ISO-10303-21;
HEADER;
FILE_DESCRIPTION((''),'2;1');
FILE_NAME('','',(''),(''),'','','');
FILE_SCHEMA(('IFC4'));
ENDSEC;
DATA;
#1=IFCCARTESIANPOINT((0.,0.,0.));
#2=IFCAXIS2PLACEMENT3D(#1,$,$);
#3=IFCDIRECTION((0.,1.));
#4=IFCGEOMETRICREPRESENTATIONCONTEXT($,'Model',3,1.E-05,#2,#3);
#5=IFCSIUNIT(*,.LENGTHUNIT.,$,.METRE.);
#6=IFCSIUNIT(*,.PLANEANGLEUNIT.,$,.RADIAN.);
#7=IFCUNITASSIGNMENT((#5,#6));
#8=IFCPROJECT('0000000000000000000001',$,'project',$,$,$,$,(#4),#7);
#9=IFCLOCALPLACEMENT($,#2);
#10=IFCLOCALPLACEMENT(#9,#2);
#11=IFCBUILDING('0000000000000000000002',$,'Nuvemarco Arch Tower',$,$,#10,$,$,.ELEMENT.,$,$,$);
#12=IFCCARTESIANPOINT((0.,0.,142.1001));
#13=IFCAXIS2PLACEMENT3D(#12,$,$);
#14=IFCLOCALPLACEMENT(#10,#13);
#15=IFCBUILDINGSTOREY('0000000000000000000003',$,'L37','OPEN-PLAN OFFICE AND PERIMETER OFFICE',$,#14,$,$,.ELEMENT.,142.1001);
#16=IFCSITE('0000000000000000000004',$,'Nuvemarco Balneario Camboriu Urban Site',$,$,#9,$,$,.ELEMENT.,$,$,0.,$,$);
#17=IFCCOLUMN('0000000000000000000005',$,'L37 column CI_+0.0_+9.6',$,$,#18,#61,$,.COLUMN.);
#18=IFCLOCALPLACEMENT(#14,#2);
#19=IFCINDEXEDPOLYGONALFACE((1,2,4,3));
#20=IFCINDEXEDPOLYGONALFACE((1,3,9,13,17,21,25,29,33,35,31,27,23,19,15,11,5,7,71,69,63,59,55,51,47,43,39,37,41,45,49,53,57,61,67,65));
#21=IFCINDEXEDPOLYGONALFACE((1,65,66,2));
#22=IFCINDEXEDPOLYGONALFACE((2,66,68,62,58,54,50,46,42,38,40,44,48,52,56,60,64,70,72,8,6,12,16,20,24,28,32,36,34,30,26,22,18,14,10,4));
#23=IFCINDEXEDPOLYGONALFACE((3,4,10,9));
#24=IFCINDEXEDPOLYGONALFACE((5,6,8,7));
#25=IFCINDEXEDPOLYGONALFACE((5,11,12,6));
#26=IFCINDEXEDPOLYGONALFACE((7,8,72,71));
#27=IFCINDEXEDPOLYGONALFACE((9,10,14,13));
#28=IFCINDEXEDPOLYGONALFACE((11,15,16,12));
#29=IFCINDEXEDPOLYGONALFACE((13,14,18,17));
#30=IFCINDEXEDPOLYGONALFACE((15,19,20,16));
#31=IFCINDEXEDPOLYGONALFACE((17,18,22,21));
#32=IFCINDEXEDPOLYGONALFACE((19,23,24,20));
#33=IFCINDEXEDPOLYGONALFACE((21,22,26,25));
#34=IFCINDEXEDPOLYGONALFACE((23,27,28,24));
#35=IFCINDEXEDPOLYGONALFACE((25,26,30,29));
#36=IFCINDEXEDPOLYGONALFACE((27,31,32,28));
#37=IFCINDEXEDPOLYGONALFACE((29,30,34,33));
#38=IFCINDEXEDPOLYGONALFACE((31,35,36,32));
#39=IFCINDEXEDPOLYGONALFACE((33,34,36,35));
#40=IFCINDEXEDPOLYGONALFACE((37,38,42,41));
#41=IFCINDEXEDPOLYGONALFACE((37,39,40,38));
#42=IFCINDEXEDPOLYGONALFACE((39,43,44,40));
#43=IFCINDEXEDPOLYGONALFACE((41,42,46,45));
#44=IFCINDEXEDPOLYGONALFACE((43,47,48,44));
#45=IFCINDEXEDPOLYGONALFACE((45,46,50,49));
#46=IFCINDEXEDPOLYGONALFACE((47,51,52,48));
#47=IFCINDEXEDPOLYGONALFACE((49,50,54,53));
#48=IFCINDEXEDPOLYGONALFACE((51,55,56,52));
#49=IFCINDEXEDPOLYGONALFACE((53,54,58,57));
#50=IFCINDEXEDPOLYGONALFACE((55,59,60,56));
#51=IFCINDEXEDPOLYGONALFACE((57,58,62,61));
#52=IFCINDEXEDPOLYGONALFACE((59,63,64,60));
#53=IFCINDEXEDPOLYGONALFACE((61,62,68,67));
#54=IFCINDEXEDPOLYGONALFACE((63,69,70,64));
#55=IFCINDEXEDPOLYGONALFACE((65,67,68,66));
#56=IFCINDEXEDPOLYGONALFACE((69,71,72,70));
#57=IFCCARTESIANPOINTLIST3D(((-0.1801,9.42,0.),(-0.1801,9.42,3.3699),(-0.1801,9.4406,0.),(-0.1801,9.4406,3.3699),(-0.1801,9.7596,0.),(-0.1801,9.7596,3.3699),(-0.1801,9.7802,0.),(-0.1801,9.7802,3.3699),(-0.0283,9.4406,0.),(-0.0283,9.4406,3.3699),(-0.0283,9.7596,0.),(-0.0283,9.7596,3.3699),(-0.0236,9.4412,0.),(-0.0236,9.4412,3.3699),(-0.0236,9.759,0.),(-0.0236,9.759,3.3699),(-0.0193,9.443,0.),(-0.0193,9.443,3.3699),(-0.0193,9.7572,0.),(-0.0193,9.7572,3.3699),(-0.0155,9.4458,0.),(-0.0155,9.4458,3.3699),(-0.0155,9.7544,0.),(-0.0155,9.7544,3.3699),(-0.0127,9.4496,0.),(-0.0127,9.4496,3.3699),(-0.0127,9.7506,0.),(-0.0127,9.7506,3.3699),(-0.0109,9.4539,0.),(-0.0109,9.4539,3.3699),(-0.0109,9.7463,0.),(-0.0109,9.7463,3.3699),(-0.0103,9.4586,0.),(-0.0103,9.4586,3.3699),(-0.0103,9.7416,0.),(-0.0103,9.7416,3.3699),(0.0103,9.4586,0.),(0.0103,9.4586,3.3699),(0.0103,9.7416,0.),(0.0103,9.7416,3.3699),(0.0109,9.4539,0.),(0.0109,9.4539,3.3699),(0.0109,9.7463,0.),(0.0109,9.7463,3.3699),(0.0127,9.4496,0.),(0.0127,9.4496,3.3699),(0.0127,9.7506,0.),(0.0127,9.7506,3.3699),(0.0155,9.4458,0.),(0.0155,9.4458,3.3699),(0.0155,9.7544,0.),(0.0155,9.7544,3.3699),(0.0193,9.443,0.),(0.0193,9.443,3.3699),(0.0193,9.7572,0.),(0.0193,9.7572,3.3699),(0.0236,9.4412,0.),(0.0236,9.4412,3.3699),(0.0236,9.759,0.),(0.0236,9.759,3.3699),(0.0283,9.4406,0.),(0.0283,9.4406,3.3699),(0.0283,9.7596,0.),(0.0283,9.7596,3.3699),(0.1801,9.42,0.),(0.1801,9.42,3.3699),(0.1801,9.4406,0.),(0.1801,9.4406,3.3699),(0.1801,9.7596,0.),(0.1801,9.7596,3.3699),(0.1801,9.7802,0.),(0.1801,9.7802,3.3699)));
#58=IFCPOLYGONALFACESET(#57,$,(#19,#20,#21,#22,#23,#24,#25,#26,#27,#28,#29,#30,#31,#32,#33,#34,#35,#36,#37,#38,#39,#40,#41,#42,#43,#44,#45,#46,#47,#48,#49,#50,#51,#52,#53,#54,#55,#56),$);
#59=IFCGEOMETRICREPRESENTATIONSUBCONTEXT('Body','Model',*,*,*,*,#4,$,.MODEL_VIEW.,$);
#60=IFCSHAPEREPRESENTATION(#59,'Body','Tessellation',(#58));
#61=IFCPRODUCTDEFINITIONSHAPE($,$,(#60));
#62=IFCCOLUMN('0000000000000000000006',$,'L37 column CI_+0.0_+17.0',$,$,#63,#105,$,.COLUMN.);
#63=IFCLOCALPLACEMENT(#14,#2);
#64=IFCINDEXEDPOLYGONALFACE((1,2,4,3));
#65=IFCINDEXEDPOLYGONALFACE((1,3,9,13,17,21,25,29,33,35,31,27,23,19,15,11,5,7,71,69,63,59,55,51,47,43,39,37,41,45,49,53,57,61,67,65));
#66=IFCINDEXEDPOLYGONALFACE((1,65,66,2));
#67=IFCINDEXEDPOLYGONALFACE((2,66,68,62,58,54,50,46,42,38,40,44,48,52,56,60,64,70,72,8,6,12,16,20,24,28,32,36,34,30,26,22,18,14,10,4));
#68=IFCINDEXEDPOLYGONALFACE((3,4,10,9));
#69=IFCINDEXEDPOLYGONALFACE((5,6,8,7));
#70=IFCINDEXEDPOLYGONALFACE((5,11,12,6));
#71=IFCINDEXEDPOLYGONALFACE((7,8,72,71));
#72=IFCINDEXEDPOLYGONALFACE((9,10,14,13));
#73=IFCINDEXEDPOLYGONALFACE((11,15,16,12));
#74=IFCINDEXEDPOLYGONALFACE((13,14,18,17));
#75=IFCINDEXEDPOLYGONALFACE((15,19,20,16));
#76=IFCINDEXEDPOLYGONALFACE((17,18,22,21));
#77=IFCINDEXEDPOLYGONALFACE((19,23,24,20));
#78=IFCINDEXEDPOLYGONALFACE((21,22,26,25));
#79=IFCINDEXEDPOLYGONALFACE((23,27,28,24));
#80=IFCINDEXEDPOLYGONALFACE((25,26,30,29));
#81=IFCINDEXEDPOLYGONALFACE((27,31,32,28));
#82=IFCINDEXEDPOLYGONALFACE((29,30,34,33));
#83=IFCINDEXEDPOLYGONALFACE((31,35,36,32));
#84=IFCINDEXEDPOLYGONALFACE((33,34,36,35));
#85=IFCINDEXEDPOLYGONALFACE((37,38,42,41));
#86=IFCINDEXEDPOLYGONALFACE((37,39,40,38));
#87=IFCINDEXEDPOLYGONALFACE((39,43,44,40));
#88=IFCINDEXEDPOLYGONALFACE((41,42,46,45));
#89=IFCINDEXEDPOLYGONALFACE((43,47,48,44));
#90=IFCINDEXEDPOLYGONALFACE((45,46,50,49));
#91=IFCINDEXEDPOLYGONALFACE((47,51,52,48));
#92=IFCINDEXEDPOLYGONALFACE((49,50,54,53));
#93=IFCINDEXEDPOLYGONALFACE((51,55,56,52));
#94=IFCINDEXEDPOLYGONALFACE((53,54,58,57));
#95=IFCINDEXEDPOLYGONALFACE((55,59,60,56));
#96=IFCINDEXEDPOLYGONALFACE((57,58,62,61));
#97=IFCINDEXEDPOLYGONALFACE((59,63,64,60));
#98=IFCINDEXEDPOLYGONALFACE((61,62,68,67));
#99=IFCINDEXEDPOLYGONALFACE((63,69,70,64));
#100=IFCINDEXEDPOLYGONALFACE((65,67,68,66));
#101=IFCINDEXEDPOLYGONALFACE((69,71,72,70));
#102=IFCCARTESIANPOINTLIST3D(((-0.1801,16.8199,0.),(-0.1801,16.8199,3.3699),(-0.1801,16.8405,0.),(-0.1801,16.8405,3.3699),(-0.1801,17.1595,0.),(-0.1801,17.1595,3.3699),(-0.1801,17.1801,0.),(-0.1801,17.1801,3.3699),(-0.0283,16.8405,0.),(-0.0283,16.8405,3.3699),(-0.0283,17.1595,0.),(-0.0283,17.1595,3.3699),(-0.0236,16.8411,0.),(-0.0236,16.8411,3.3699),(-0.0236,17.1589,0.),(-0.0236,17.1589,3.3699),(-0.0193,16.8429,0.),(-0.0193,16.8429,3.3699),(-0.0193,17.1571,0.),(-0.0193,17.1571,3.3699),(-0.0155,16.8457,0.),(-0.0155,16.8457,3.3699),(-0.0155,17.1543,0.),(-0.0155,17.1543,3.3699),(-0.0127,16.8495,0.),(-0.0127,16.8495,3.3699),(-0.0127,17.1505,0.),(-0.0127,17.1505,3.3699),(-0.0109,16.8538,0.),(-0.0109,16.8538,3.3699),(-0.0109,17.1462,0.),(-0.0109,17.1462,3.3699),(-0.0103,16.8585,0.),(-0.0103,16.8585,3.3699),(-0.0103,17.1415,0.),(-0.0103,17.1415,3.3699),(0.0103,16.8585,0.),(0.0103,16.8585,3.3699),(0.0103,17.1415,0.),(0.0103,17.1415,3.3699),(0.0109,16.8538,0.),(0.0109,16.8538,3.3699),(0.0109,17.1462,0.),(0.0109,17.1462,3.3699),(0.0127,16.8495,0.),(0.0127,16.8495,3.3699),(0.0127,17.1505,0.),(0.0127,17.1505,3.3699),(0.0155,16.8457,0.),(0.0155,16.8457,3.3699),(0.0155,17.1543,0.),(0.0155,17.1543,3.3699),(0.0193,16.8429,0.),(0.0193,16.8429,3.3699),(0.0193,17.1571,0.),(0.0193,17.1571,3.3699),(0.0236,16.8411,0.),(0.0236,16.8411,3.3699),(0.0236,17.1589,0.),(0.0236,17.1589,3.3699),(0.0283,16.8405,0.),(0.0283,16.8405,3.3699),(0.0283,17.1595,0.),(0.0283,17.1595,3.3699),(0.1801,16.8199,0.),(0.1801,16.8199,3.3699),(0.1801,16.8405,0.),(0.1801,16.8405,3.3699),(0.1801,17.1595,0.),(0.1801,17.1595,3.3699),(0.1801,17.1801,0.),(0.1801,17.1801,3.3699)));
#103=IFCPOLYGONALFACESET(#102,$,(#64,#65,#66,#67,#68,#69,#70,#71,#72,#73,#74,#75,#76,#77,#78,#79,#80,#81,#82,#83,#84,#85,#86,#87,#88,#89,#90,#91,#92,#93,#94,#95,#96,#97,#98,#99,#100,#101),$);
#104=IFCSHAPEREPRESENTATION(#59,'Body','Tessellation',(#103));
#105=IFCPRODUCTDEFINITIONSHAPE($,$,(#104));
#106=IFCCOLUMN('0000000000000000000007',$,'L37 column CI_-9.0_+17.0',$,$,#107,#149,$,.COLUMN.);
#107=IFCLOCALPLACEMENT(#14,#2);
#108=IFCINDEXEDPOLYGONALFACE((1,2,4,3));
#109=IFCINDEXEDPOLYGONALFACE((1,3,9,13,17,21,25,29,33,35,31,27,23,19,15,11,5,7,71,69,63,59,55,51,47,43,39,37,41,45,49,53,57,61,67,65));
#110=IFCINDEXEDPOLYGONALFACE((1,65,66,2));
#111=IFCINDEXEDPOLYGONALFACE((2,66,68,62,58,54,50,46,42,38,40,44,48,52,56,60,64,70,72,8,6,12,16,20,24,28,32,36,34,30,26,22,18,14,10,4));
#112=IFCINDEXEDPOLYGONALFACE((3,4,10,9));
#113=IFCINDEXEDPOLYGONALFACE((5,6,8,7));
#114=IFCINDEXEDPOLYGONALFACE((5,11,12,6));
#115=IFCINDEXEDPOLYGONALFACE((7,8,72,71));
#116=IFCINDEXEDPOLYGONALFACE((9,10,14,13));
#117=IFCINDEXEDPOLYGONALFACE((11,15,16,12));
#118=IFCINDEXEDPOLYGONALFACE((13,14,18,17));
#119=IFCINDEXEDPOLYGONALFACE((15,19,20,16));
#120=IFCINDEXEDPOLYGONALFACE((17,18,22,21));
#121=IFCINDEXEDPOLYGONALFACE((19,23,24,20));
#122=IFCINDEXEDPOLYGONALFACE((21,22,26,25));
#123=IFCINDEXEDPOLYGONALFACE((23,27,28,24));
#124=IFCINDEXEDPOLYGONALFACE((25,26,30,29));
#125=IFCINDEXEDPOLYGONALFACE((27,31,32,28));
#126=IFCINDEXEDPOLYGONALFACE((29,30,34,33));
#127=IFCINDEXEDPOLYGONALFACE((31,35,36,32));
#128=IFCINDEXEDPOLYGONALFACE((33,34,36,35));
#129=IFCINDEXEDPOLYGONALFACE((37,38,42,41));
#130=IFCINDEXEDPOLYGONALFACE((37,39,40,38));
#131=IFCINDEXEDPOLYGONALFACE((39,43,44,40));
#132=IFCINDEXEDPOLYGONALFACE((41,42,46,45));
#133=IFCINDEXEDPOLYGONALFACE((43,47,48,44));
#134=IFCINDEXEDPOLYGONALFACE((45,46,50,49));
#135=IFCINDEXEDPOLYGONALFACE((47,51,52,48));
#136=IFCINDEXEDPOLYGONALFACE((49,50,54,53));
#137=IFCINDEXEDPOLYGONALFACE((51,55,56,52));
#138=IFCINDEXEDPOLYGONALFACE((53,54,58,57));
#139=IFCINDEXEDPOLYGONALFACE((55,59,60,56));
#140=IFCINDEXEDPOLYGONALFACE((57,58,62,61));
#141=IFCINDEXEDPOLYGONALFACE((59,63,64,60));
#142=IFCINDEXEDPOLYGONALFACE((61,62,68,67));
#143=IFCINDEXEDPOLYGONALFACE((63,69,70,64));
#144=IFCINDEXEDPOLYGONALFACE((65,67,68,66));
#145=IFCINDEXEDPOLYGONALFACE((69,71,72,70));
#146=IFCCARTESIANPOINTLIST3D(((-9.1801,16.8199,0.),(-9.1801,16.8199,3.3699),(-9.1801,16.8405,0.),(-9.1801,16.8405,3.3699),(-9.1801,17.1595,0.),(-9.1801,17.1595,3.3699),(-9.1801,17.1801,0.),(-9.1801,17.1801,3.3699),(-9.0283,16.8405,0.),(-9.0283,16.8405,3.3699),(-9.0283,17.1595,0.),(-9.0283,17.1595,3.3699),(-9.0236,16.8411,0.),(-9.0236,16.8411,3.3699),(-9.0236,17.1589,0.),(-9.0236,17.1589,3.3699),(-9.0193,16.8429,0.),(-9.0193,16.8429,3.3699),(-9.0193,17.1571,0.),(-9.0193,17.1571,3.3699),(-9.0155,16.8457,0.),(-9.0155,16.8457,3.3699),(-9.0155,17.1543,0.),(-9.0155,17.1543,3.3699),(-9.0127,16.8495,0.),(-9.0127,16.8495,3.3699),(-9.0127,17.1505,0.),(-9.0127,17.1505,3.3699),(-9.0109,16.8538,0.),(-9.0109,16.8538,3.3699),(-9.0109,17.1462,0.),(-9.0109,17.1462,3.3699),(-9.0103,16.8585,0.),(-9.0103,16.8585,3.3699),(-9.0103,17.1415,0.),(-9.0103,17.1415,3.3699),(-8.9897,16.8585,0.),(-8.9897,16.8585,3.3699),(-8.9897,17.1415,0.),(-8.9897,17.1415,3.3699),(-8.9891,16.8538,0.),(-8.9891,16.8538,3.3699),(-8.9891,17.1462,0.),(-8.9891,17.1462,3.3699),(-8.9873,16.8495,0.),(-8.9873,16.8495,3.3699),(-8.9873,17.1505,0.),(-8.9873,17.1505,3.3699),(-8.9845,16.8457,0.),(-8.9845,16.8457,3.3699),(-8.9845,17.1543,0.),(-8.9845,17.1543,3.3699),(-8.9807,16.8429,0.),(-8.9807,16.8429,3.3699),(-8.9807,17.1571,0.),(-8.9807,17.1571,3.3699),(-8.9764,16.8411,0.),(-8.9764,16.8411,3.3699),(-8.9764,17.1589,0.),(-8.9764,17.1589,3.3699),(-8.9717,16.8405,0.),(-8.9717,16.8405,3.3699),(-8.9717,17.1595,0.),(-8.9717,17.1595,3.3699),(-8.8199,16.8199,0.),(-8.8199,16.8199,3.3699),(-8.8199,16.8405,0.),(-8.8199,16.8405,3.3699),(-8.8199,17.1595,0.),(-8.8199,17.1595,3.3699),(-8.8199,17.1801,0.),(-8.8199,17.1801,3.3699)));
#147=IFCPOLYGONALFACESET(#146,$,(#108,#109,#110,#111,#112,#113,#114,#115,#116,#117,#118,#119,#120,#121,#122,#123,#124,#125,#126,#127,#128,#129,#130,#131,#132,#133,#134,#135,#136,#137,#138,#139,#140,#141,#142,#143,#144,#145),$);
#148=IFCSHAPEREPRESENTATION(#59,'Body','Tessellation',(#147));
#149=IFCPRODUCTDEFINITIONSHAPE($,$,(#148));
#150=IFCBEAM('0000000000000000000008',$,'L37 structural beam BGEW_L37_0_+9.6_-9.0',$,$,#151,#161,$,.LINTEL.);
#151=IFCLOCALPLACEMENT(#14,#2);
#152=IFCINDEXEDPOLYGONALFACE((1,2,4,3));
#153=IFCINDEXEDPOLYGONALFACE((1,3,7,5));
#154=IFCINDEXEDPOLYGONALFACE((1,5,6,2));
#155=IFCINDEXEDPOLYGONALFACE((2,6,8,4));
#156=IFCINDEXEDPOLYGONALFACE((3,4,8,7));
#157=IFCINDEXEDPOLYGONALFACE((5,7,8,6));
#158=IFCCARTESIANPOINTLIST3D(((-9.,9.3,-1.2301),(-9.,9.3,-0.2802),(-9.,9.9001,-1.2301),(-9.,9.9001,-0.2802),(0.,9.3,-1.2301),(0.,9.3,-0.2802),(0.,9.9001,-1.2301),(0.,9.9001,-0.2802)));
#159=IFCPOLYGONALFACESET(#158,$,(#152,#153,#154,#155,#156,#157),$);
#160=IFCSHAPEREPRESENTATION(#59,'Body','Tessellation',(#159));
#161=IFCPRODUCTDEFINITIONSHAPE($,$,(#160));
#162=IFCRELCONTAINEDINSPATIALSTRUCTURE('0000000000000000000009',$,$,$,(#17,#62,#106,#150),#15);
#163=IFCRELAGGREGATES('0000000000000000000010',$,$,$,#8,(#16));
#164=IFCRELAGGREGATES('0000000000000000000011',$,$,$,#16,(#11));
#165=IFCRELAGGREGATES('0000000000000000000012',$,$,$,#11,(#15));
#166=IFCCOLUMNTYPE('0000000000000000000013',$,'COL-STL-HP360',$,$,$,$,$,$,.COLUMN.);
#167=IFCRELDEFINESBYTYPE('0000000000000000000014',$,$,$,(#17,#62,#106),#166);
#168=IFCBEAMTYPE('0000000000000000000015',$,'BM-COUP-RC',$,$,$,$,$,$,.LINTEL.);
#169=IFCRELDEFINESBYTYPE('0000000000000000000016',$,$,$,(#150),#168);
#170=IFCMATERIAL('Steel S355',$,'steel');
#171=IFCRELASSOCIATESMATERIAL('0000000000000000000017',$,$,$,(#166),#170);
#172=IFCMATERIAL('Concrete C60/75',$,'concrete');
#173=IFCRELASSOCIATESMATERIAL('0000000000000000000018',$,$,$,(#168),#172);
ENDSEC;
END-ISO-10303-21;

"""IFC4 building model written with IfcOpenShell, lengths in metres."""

from ifc_helpers import new_model, si_unit, direction, frame, origin, origin_2d, place, context, subcontext, project, spatial, rectangle, i_section, extrude, material, material_profile, profile_set, type_object, element, save


model = new_model("IFC4")

# Units and contexts
model_context = context("Model", 3, precision=1e-05, world=origin(), true_north=direction((0.0, 1.0)))
body_context = subcontext(model_context, "Body", "Model", "MODEL_VIEW")
ifc_project = project(units=[si_unit("LENGTHUNIT", "METRE"), si_unit("PLANEANGLEUNIT", "RADIAN")], contexts=[model_context])

# Site, building, storey
site_placement = place(None, origin())
site = spatial("IfcSite", under=ifc_project, at=site_placement, Name="Nuvemarco Balneario Camboriu Urban Site", CompositionType="ELEMENT", RefElevation=0.0)
building_placement = place(site_placement, origin())
building = spatial("IfcBuilding", under=site, at=building_placement, Name="Nuvemarco Arch Tower", CompositionType="ELEMENT")
storey_placement = place(building_placement, frame((0.0, 0.0, 142.1001)))
storey = spatial("IfcBuildingStorey", under=building, at=storey_placement, Name="L37", Description="OPEN-PLAN OFFICE AND PERIMETER OFFICE", CompositionType="ELEMENT", Elevation=142.1001)

# Columns
ifc_material_1 = material(Name="Steel S355", Category="steel")
ifc_material_profile_1 = material_profile(ifc_material_1, i_section(OverallWidth=0.3601, OverallDepth=0.3601, WebThickness=0.0205, FlangeThickness=0.0205, FilletRadius=0.0181, at=origin_2d()), Name="HP360x174")
ifc_profile_set_1 = profile_set([ifc_material_profile_1], Name="Steel S355")
column_type_1 = type_object("IfcColumnType", Name="COL-STL-HP360", PredefinedType="COLUMN", material=ifc_profile_set_1)
for number, where, z_axis, x_axis, name in (
    (1, (0.0, 9.6001, 0.0), (0.0, 0.0, 1.0), (1.0, 0.0, 0.0), "L37 column CI_+0.0_+9.6"),
    (2, (0.0, 17.0, 0.0), (0.0, 0.0, 1.0), (1.0, 0.0, 0.0), "L37 column CI_+0.0_+17.0"),
    (3, (-9.0, 17.0, 0.0), (0.0, 0.0, 1.0), (1.0, 0.0, 0.0), "L37 column CI_-9.0_+17.0"),
):
    element("IfcColumn", number, at=place(storey_placement, frame(where, z_axis=z_axis, x_axis=x_axis)), inside=storey, type_object=column_type_1, Name=name, PredefinedType="COLUMN", context=body_context, shape_type="SweptSolid", body=[
        extrude(i_section(OverallWidth=0.3601, OverallDepth=0.3601, WebThickness=0.0205, FlangeThickness=0.0205, FilletRadius=0.0181, at=origin_2d()), origin(), (0.0, 0.0, 1.0), 3.3699),
    ])

# Beam
ifc_material_2 = material(Name="Concrete C60/75", Category="concrete")
ifc_material_profile_2 = material_profile(ifc_material_2, rectangle(XDim=0.6001, YDim=0.95, at=origin_2d()), Name="RC-BM-600x950")
ifc_profile_set_2 = profile_set([ifc_material_profile_2], Name="Concrete C60/75")
beam_type_1 = type_object("IfcBeamType", Name="BM-COUP-RC", PredefinedType="LINTEL", material=ifc_profile_set_2)
beam_1_placement = place(storey_placement, frame((-9.0, 9.6001, -0.7551), z_axis=(1.0, 0.0, 0.0), x_axis=(0.0, 1.0, 0.0)))
element("IfcBeam", 4, at=beam_1_placement, inside=storey, type_object=beam_type_1, Name="L37 structural beam BGEW_L37_0_+9.6_-9.0", PredefinedType="LINTEL", context=body_context, shape_type="SweptSolid", body=[
    extrude(rectangle(XDim=0.6001, YDim=0.95, at=origin_2d()), origin(), (0.0, 0.0, 1.0), 9.0),
])

save(model, "model.ifc")
